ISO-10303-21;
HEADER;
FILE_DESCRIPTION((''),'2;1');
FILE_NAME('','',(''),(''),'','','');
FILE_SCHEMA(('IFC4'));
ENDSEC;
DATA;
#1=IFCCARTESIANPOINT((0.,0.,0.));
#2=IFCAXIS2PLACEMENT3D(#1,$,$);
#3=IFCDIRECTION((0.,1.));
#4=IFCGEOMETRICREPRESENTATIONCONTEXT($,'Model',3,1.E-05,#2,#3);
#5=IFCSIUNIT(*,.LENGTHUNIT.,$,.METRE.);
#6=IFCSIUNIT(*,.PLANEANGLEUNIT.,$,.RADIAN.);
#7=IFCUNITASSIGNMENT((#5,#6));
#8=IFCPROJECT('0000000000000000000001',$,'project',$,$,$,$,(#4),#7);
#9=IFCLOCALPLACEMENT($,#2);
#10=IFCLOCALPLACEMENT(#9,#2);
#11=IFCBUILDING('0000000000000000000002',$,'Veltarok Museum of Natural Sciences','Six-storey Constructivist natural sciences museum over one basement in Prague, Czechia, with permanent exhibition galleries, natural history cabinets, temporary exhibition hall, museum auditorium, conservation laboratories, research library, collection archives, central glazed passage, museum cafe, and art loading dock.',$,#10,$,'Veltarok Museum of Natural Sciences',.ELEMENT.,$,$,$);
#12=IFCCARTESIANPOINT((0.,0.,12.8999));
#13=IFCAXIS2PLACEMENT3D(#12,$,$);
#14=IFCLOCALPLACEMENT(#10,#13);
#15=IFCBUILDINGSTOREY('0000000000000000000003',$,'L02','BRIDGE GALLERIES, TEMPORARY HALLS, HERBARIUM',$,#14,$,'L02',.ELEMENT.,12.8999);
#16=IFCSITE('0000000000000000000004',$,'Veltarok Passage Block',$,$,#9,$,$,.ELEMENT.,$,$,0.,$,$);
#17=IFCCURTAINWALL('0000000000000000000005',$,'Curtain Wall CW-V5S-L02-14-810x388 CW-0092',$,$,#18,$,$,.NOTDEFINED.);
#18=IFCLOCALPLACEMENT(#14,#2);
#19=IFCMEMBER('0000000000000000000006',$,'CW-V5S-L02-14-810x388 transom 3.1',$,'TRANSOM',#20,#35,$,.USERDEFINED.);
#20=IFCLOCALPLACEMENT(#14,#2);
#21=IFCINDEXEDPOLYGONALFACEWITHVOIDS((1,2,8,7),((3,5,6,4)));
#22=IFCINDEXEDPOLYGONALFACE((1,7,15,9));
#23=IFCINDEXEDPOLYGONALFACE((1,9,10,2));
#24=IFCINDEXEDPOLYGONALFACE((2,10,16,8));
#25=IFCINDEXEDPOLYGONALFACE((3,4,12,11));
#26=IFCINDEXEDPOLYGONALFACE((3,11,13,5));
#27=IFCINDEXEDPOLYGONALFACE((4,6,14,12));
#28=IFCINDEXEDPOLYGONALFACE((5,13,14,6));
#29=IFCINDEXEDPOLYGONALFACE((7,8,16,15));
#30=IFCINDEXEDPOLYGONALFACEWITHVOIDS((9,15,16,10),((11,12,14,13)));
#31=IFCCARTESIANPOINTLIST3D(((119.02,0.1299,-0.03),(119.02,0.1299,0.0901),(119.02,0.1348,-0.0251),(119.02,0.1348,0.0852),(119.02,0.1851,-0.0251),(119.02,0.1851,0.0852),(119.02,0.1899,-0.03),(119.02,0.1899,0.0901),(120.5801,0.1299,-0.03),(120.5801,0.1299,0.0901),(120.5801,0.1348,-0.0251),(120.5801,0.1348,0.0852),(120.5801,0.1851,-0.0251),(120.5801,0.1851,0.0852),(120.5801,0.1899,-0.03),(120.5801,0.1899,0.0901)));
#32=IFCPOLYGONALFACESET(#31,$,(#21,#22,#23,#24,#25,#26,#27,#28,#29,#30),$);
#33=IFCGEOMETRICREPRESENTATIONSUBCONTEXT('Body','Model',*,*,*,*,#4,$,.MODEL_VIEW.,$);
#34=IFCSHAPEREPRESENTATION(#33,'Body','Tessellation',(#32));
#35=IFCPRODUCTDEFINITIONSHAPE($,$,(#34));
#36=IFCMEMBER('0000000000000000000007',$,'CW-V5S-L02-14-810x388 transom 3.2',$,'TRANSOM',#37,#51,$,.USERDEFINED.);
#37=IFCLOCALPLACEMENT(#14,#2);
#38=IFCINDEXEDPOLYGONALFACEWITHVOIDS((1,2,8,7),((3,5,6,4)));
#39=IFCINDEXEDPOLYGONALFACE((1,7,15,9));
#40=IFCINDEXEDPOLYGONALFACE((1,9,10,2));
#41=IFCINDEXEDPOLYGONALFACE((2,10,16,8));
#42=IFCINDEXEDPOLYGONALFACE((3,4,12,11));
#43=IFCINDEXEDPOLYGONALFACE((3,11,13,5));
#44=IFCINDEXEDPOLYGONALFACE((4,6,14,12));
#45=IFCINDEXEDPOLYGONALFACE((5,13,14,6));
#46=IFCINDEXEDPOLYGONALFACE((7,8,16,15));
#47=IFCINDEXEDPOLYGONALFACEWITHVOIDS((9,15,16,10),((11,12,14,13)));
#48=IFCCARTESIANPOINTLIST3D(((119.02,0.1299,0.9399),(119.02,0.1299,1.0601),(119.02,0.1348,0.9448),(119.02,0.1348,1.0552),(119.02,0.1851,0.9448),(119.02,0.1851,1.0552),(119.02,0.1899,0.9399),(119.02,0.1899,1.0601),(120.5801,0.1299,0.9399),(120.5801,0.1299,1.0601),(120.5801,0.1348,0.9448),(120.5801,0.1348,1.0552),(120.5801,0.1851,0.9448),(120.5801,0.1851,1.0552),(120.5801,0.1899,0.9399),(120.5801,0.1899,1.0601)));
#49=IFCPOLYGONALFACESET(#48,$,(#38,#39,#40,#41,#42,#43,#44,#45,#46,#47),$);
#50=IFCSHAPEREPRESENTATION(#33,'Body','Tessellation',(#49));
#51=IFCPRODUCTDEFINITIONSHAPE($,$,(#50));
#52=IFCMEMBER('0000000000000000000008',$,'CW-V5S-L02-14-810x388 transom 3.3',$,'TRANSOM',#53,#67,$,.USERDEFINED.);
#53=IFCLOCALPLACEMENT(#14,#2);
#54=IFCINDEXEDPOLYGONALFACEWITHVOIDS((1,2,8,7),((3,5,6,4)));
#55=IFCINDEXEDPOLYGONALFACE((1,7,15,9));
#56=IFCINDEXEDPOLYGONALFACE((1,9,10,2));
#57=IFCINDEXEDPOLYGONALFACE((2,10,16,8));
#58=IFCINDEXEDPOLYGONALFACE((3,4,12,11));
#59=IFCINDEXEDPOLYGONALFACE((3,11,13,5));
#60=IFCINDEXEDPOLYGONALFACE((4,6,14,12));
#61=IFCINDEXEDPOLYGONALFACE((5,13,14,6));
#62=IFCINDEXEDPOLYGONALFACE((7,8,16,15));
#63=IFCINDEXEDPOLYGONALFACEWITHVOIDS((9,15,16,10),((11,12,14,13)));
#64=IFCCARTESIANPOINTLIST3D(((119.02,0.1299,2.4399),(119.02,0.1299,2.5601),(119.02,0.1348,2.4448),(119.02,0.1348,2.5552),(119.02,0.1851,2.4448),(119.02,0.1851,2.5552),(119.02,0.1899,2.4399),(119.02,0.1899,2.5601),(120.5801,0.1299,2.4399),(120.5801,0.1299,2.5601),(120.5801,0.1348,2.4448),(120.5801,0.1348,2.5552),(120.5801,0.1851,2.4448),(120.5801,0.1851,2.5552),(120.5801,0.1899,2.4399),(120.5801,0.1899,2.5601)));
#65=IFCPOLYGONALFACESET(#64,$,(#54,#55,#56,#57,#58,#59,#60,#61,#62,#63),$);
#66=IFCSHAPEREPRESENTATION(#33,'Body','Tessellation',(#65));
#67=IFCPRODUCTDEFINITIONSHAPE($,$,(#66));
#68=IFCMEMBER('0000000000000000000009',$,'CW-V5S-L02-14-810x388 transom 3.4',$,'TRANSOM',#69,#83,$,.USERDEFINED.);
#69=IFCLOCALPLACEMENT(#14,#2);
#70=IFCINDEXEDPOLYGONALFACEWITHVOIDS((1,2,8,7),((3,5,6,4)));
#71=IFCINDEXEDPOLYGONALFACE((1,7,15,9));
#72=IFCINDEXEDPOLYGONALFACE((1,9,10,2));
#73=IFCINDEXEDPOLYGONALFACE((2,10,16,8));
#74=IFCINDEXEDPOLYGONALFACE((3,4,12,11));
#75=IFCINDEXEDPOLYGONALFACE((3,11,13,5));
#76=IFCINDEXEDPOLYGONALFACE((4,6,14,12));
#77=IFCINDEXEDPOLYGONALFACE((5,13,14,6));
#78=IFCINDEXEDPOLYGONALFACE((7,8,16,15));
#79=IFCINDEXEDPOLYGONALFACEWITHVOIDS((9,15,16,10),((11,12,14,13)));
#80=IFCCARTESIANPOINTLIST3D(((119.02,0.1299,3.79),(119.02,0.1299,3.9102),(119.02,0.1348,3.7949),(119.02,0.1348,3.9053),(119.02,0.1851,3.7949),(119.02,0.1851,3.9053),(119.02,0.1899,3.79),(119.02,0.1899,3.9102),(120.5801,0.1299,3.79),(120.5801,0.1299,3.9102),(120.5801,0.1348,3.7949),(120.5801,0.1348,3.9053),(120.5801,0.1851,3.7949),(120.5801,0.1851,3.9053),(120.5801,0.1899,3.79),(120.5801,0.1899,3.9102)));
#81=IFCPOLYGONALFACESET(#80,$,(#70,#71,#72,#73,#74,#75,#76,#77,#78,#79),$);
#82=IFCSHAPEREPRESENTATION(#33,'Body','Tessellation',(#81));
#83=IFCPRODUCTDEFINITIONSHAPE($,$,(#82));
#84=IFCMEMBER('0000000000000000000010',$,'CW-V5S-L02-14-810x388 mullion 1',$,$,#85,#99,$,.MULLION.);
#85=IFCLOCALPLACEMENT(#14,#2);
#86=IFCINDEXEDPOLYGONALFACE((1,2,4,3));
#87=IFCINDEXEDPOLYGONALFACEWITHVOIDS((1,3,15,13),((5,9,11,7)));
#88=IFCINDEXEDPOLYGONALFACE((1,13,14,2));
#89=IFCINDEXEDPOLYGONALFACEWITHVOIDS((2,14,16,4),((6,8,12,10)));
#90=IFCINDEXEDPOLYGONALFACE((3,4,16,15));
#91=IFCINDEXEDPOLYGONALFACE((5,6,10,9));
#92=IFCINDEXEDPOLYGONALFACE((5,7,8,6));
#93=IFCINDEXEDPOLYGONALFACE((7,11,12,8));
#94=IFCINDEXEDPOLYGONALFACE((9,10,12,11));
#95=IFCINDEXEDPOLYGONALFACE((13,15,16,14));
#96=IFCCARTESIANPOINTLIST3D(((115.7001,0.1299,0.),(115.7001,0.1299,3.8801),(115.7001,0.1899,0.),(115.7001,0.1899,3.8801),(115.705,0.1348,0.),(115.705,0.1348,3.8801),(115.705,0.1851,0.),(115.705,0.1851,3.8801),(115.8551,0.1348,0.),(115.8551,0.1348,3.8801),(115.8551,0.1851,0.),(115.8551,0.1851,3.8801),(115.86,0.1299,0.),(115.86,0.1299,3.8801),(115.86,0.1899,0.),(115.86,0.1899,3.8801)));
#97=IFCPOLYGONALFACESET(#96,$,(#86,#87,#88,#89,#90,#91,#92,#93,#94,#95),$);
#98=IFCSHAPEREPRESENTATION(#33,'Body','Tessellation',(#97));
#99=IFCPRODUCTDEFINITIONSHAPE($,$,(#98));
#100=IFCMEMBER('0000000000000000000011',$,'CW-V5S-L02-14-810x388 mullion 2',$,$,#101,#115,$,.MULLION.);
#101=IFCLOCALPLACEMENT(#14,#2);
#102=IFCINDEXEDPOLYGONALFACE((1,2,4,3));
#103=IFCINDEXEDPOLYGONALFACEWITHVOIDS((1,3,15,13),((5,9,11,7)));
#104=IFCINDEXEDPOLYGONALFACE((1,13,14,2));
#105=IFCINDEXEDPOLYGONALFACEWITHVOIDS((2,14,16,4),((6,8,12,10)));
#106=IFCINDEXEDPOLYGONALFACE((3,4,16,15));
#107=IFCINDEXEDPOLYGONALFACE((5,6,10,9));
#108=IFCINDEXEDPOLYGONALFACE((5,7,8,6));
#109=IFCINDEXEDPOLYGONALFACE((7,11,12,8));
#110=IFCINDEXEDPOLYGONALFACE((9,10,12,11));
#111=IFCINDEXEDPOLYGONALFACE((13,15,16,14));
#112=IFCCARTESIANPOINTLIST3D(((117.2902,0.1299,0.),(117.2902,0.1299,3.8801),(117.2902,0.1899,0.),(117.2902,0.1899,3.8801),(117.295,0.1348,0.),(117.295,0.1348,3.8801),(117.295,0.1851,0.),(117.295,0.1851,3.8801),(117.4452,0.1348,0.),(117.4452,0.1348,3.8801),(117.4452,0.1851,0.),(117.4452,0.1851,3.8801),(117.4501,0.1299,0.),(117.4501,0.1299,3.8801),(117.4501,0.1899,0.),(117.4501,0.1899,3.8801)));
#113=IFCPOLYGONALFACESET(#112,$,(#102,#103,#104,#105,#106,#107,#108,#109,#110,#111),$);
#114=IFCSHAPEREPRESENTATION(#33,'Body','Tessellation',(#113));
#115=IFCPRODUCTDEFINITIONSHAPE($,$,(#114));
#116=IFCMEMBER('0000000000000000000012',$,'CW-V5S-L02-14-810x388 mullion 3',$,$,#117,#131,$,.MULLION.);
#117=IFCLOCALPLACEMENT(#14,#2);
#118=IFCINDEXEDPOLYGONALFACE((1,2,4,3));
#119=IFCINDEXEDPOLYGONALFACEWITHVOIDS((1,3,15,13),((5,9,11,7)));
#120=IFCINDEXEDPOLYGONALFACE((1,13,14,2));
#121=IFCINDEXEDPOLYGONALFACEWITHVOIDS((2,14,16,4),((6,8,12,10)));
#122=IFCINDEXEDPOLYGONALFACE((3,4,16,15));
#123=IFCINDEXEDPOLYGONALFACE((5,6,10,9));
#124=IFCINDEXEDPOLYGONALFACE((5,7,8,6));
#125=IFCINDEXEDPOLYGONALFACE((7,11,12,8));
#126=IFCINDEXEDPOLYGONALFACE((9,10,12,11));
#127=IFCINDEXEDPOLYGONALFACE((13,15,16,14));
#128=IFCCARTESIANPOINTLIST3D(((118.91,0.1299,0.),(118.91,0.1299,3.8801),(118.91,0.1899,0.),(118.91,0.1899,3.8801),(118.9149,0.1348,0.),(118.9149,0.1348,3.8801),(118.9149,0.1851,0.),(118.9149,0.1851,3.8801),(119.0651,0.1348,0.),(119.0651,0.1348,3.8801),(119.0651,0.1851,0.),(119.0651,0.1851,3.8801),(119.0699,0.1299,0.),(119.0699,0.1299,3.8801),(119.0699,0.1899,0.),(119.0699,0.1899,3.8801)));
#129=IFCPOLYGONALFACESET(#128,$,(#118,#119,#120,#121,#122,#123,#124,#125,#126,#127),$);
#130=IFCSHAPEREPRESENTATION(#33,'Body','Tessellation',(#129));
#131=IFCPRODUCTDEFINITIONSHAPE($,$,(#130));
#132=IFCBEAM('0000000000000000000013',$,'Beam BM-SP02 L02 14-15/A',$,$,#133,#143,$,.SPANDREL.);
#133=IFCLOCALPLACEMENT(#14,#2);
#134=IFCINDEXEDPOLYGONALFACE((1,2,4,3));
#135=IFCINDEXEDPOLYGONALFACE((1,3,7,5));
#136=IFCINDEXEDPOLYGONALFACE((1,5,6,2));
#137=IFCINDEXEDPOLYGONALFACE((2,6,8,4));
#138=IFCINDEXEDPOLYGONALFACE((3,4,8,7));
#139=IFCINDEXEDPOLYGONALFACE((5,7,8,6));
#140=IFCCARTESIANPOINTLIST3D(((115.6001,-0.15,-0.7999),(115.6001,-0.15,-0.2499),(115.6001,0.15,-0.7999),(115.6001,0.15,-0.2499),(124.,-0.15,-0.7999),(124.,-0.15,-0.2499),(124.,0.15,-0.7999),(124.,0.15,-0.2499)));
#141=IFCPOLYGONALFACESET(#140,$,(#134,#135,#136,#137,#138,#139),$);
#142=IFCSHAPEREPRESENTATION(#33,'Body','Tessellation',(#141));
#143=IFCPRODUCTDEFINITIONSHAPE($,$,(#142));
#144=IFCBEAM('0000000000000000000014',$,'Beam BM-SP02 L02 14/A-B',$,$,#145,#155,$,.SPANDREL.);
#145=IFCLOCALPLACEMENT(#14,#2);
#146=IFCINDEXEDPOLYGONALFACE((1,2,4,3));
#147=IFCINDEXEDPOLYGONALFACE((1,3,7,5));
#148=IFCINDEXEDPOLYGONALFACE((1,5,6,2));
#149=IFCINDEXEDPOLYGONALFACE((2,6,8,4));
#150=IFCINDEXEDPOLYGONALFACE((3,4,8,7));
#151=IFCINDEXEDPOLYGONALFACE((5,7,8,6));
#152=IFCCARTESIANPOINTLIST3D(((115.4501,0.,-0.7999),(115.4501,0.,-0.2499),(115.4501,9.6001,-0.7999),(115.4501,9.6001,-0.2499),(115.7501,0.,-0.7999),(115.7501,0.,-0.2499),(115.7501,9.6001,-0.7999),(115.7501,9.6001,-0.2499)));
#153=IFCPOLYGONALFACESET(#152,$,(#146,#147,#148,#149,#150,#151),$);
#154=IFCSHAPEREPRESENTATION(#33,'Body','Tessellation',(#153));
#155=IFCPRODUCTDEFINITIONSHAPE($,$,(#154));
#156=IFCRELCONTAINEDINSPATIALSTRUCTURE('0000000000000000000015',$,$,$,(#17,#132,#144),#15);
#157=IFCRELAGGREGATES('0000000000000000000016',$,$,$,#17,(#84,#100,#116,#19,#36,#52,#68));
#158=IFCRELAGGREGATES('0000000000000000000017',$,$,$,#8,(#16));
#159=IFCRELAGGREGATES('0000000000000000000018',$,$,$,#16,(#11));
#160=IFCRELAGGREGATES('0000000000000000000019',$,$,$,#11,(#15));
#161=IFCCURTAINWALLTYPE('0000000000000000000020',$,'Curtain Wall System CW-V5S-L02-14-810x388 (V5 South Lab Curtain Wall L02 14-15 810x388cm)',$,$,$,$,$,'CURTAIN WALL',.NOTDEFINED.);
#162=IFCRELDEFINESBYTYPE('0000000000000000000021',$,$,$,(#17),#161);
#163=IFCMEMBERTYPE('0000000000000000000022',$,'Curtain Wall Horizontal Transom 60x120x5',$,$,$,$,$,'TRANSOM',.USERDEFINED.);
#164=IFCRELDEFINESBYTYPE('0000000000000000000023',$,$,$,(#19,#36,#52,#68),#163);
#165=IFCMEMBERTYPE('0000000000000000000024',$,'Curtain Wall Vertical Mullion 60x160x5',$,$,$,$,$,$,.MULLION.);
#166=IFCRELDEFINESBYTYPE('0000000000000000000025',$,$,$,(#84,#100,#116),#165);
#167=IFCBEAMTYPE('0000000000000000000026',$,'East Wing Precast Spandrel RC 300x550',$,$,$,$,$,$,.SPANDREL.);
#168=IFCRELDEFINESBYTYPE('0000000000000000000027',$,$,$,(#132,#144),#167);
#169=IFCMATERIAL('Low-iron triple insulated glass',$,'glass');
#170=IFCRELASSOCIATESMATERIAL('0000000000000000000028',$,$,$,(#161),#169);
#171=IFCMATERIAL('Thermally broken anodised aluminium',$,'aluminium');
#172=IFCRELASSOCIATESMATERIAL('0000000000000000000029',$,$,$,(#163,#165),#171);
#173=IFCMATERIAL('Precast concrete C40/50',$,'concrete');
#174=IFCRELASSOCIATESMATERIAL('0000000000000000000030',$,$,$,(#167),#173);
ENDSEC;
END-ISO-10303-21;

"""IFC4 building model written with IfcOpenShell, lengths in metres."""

from ifc_helpers import new_model, si_unit, direction, frame, origin, origin_2d, place, context, subcontext, project, spatial, rectangle, hollow_rectangle, extrude, material, material_profile, profile_set, type_object, element, aggregate, save


model = new_model("IFC4")

# Units and contexts
model_context = context("Model", 3, precision=1e-05, world=origin(), true_north=direction((0.0, 1.0)))
body_context = subcontext(model_context, "Body", "Model", "MODEL_VIEW")
ifc_project = project(units=[si_unit("LENGTHUNIT", "METRE"), si_unit("PLANEANGLEUNIT", "RADIAN")], contexts=[model_context])

# Site, building, storey
site_placement = place(None, origin())
site = spatial("IfcSite", under=ifc_project, at=site_placement, Name="Veltarok Passage Block", CompositionType="ELEMENT", RefElevation=0.0)
building_placement = place(site_placement, origin())
building = spatial("IfcBuilding", under=site, at=building_placement, Name="Veltarok Museum of Natural Sciences", Description="Six-storey Constructivist natural sciences museum over one basement in Prague, Czechia, with permanent exhibition galleries, natural history cabinets, temporary exhibition hall, museum auditorium, conservation laboratories, research library, collection archives, central glazed passage, museum cafe, and art loading dock.", LongName="Veltarok Museum of Natural Sciences", CompositionType="ELEMENT")
storey_placement = place(building_placement, frame((0.0, 0.0, 12.8999)))
storey = spatial("IfcBuildingStorey", under=building, at=storey_placement, Name="L02", Description="BRIDGE GALLERIES, TEMPORARY HALLS, HERBARIUM", LongName="L02", CompositionType="ELEMENT", Elevation=12.8999)

# Curtain wall, members
ifc_material_1 = material(Name="Low-iron triple insulated glass", Category="glass")
curtain_wall_type = type_object("IfcCurtainWallType", Name="Curtain Wall System CW-V5S-L02-14-810x388 (V5 South Lab Curtain Wall L02 14-15 810x388cm)", ElementType="CURTAIN WALL", PredefinedType="NOTDEFINED", material=ifc_material_1)
curtain_wall_placement = place(storey_placement, origin())
curtain_wall = element("IfcCurtainWall", 1, at=curtain_wall_placement, inside=storey, type_object=curtain_wall_type, Name="Curtain Wall CW-V5S-L02-14-810x388 CW-0092", PredefinedType="NOTDEFINED")
ifc_material_2 = material(Name="Thermally broken anodised aluminium", Category="aluminium")
ifc_material_profile_1 = material_profile(ifc_material_2, hollow_rectangle(XDim=0.0601, YDim=0.1201, WallThickness=0.0049, at=origin_2d()), Name="CW TRANSOM 60x120x5")
ifc_profile_set_1 = profile_set([ifc_material_profile_1], Name="Thermally broken anodised aluminium")
member_type_1 = type_object("IfcMemberType", Name="Curtain Wall Horizontal Transom 60x120x5", ElementType="TRANSOM", PredefinedType="USERDEFINED", material=ifc_profile_set_1)
member_1_placement = place(storey_placement, frame((119.02, 0.1599, 0.03), z_axis=(1.0, 0.0, 0.0), x_axis=(0.0, 1.0, 0.0)))
member_1 = element("IfcMember", 2, at=member_1_placement, type_object=member_type_1, Name="CW-V5S-L02-14-810x388 transom 3.1", ObjectType="TRANSOM", PredefinedType="USERDEFINED", context=body_context, shape_type="SweptSolid", body=[
    extrude(hollow_rectangle(XDim=0.0601, YDim=0.1201, WallThickness=0.0049, at=origin_2d()), origin(), (0.0, 0.0, 1.0), 1.5601),
])
member_2_placement = place(storey_placement, frame((119.02, 0.1599, 1.0), z_axis=(1.0, 0.0, 0.0), x_axis=(0.0, 1.0, 0.0)))
member_2 = element("IfcMember", 3, at=member_2_placement, type_object=member_type_1, Name="CW-V5S-L02-14-810x388 transom 3.2", ObjectType="TRANSOM", PredefinedType="USERDEFINED", context=body_context, shape_type="SweptSolid", body=[
    extrude(hollow_rectangle(XDim=0.0601, YDim=0.1201, WallThickness=0.0049, at=origin_2d()), origin(), (0.0, 0.0, 1.0), 1.5601),
])
member_3_placement = place(storey_placement, frame((119.02, 0.1599, 2.5), z_axis=(1.0, 0.0, 0.0), x_axis=(0.0, 1.0, 0.0)))
member_3 = element("IfcMember", 4, at=member_3_placement, type_object=member_type_1, Name="CW-V5S-L02-14-810x388 transom 3.3", ObjectType="TRANSOM", PredefinedType="USERDEFINED", context=body_context, shape_type="SweptSolid", body=[
    extrude(hollow_rectangle(XDim=0.0601, YDim=0.1201, WallThickness=0.0049, at=origin_2d()), origin(), (0.0, 0.0, 1.0), 1.5601),
])
member_4_placement = place(storey_placement, frame((119.02, 0.1599, 3.8501), z_axis=(1.0, 0.0, 0.0), x_axis=(0.0, 1.0, 0.0)))
member_4 = element("IfcMember", 5, at=member_4_placement, type_object=member_type_1, Name="CW-V5S-L02-14-810x388 transom 3.4", ObjectType="TRANSOM", PredefinedType="USERDEFINED", context=body_context, shape_type="SweptSolid", body=[
    extrude(hollow_rectangle(XDim=0.0601, YDim=0.1201, WallThickness=0.0049, at=origin_2d()), origin(), (0.0, 0.0, 1.0), 1.5601),
])
ifc_material_profile_2 = material_profile(ifc_material_2, hollow_rectangle(XDim=0.0601, YDim=0.1599, WallThickness=0.0049, at=origin_2d()), Name="CW MULLION 60x160x5")
ifc_profile_set_2 = profile_set([ifc_material_profile_2], Name="Thermally broken anodised aluminium")
member_type_2 = type_object("IfcMemberType", Name="Curtain Wall Vertical Mullion 60x160x5", PredefinedType="MULLION", material=ifc_profile_set_2)
member_5_placement = place(storey_placement, frame((115.78, 0.1599, 0.0), z_axis=(0.0, 0.0, 1.0), x_axis=(0.0, 1.0, 0.0)))
member_5 = element("IfcMember", 6, at=member_5_placement, type_object=member_type_2, Name="CW-V5S-L02-14-810x388 mullion 1", PredefinedType="MULLION", context=body_context, shape_type="SweptSolid", body=[
    extrude(hollow_rectangle(XDim=0.0601, YDim=0.1599, WallThickness=0.0049, at=origin_2d()), origin(), (0.0, 0.0, 1.0), 3.8801),
])
member_6_placement = place(storey_placement, frame((117.3701, 0.1599, 0.0), z_axis=(0.0, 0.0, 1.0), x_axis=(0.0, 1.0, 0.0)))
member_6 = element("IfcMember", 7, at=member_6_placement, type_object=member_type_2, Name="CW-V5S-L02-14-810x388 mullion 2", PredefinedType="MULLION", context=body_context, shape_type="SweptSolid", body=[
    extrude(hollow_rectangle(XDim=0.0601, YDim=0.1599, WallThickness=0.0049, at=origin_2d()), origin(), (0.0, 0.0, 1.0), 3.8801),
])
member_7_placement = place(storey_placement, frame((118.99, 0.1599, 0.0), z_axis=(0.0, 0.0, 1.0), x_axis=(0.0, 1.0, 0.0)))
member_7 = element("IfcMember", 8, at=member_7_placement, type_object=member_type_2, Name="CW-V5S-L02-14-810x388 mullion 3", PredefinedType="MULLION", context=body_context, shape_type="SweptSolid", body=[
    extrude(hollow_rectangle(XDim=0.0601, YDim=0.1599, WallThickness=0.0049, at=origin_2d()), origin(), (0.0, 0.0, 1.0), 3.8801),
])

# Beams
ifc_material_3 = material(Name="Precast concrete C40/50", Category="concrete")
ifc_material_profile_3 = material_profile(ifc_material_3, rectangle(XDim=0.3, YDim=0.55, at=origin_2d()), Name="RC 300x550")
ifc_profile_set_3 = profile_set([ifc_material_profile_3], Name="Precast concrete C40/50")
beam_type_1 = type_object("IfcBeamType", Name="East Wing Precast Spandrel RC 300x550", PredefinedType="SPANDREL", material=ifc_profile_set_3)
beam_1_placement = place(storey_placement, frame((115.6001, 0.0, -0.5249), z_axis=(1.0, 0.0, 0.0), x_axis=(0.0, 1.0, 0.0)))
element("IfcBeam", 9, at=beam_1_placement, inside=storey, type_object=beam_type_1, Name="Beam BM-SP02 L02 14-15/A", PredefinedType="SPANDREL", context=body_context, shape_type="SweptSolid", body=[
    extrude(rectangle(XDim=0.3, YDim=0.55, at=origin_2d()), origin(), (0.0, 0.0, 1.0), 8.3999),
])
beam_2_placement = place(storey_placement, frame((115.6001, 0.0, -0.5249), z_axis=(0.0, 1.0, 0.0), x_axis=(-1.0, 0.0, 0.0)))
element("IfcBeam", 10, at=beam_2_placement, inside=storey, type_object=beam_type_1, Name="Beam BM-SP02 L02 14/A-B", PredefinedType="SPANDREL", context=body_context, shape_type="SweptSolid", body=[
    extrude(rectangle(XDim=0.3, YDim=0.55, at=origin_2d()), origin(), (0.0, 0.0, 1.0), 9.6001),
])

aggregate(curtain_wall, [member_5, member_6, member_7, member_1, member_2, member_3, member_4])

save(model, "model.ifc")
